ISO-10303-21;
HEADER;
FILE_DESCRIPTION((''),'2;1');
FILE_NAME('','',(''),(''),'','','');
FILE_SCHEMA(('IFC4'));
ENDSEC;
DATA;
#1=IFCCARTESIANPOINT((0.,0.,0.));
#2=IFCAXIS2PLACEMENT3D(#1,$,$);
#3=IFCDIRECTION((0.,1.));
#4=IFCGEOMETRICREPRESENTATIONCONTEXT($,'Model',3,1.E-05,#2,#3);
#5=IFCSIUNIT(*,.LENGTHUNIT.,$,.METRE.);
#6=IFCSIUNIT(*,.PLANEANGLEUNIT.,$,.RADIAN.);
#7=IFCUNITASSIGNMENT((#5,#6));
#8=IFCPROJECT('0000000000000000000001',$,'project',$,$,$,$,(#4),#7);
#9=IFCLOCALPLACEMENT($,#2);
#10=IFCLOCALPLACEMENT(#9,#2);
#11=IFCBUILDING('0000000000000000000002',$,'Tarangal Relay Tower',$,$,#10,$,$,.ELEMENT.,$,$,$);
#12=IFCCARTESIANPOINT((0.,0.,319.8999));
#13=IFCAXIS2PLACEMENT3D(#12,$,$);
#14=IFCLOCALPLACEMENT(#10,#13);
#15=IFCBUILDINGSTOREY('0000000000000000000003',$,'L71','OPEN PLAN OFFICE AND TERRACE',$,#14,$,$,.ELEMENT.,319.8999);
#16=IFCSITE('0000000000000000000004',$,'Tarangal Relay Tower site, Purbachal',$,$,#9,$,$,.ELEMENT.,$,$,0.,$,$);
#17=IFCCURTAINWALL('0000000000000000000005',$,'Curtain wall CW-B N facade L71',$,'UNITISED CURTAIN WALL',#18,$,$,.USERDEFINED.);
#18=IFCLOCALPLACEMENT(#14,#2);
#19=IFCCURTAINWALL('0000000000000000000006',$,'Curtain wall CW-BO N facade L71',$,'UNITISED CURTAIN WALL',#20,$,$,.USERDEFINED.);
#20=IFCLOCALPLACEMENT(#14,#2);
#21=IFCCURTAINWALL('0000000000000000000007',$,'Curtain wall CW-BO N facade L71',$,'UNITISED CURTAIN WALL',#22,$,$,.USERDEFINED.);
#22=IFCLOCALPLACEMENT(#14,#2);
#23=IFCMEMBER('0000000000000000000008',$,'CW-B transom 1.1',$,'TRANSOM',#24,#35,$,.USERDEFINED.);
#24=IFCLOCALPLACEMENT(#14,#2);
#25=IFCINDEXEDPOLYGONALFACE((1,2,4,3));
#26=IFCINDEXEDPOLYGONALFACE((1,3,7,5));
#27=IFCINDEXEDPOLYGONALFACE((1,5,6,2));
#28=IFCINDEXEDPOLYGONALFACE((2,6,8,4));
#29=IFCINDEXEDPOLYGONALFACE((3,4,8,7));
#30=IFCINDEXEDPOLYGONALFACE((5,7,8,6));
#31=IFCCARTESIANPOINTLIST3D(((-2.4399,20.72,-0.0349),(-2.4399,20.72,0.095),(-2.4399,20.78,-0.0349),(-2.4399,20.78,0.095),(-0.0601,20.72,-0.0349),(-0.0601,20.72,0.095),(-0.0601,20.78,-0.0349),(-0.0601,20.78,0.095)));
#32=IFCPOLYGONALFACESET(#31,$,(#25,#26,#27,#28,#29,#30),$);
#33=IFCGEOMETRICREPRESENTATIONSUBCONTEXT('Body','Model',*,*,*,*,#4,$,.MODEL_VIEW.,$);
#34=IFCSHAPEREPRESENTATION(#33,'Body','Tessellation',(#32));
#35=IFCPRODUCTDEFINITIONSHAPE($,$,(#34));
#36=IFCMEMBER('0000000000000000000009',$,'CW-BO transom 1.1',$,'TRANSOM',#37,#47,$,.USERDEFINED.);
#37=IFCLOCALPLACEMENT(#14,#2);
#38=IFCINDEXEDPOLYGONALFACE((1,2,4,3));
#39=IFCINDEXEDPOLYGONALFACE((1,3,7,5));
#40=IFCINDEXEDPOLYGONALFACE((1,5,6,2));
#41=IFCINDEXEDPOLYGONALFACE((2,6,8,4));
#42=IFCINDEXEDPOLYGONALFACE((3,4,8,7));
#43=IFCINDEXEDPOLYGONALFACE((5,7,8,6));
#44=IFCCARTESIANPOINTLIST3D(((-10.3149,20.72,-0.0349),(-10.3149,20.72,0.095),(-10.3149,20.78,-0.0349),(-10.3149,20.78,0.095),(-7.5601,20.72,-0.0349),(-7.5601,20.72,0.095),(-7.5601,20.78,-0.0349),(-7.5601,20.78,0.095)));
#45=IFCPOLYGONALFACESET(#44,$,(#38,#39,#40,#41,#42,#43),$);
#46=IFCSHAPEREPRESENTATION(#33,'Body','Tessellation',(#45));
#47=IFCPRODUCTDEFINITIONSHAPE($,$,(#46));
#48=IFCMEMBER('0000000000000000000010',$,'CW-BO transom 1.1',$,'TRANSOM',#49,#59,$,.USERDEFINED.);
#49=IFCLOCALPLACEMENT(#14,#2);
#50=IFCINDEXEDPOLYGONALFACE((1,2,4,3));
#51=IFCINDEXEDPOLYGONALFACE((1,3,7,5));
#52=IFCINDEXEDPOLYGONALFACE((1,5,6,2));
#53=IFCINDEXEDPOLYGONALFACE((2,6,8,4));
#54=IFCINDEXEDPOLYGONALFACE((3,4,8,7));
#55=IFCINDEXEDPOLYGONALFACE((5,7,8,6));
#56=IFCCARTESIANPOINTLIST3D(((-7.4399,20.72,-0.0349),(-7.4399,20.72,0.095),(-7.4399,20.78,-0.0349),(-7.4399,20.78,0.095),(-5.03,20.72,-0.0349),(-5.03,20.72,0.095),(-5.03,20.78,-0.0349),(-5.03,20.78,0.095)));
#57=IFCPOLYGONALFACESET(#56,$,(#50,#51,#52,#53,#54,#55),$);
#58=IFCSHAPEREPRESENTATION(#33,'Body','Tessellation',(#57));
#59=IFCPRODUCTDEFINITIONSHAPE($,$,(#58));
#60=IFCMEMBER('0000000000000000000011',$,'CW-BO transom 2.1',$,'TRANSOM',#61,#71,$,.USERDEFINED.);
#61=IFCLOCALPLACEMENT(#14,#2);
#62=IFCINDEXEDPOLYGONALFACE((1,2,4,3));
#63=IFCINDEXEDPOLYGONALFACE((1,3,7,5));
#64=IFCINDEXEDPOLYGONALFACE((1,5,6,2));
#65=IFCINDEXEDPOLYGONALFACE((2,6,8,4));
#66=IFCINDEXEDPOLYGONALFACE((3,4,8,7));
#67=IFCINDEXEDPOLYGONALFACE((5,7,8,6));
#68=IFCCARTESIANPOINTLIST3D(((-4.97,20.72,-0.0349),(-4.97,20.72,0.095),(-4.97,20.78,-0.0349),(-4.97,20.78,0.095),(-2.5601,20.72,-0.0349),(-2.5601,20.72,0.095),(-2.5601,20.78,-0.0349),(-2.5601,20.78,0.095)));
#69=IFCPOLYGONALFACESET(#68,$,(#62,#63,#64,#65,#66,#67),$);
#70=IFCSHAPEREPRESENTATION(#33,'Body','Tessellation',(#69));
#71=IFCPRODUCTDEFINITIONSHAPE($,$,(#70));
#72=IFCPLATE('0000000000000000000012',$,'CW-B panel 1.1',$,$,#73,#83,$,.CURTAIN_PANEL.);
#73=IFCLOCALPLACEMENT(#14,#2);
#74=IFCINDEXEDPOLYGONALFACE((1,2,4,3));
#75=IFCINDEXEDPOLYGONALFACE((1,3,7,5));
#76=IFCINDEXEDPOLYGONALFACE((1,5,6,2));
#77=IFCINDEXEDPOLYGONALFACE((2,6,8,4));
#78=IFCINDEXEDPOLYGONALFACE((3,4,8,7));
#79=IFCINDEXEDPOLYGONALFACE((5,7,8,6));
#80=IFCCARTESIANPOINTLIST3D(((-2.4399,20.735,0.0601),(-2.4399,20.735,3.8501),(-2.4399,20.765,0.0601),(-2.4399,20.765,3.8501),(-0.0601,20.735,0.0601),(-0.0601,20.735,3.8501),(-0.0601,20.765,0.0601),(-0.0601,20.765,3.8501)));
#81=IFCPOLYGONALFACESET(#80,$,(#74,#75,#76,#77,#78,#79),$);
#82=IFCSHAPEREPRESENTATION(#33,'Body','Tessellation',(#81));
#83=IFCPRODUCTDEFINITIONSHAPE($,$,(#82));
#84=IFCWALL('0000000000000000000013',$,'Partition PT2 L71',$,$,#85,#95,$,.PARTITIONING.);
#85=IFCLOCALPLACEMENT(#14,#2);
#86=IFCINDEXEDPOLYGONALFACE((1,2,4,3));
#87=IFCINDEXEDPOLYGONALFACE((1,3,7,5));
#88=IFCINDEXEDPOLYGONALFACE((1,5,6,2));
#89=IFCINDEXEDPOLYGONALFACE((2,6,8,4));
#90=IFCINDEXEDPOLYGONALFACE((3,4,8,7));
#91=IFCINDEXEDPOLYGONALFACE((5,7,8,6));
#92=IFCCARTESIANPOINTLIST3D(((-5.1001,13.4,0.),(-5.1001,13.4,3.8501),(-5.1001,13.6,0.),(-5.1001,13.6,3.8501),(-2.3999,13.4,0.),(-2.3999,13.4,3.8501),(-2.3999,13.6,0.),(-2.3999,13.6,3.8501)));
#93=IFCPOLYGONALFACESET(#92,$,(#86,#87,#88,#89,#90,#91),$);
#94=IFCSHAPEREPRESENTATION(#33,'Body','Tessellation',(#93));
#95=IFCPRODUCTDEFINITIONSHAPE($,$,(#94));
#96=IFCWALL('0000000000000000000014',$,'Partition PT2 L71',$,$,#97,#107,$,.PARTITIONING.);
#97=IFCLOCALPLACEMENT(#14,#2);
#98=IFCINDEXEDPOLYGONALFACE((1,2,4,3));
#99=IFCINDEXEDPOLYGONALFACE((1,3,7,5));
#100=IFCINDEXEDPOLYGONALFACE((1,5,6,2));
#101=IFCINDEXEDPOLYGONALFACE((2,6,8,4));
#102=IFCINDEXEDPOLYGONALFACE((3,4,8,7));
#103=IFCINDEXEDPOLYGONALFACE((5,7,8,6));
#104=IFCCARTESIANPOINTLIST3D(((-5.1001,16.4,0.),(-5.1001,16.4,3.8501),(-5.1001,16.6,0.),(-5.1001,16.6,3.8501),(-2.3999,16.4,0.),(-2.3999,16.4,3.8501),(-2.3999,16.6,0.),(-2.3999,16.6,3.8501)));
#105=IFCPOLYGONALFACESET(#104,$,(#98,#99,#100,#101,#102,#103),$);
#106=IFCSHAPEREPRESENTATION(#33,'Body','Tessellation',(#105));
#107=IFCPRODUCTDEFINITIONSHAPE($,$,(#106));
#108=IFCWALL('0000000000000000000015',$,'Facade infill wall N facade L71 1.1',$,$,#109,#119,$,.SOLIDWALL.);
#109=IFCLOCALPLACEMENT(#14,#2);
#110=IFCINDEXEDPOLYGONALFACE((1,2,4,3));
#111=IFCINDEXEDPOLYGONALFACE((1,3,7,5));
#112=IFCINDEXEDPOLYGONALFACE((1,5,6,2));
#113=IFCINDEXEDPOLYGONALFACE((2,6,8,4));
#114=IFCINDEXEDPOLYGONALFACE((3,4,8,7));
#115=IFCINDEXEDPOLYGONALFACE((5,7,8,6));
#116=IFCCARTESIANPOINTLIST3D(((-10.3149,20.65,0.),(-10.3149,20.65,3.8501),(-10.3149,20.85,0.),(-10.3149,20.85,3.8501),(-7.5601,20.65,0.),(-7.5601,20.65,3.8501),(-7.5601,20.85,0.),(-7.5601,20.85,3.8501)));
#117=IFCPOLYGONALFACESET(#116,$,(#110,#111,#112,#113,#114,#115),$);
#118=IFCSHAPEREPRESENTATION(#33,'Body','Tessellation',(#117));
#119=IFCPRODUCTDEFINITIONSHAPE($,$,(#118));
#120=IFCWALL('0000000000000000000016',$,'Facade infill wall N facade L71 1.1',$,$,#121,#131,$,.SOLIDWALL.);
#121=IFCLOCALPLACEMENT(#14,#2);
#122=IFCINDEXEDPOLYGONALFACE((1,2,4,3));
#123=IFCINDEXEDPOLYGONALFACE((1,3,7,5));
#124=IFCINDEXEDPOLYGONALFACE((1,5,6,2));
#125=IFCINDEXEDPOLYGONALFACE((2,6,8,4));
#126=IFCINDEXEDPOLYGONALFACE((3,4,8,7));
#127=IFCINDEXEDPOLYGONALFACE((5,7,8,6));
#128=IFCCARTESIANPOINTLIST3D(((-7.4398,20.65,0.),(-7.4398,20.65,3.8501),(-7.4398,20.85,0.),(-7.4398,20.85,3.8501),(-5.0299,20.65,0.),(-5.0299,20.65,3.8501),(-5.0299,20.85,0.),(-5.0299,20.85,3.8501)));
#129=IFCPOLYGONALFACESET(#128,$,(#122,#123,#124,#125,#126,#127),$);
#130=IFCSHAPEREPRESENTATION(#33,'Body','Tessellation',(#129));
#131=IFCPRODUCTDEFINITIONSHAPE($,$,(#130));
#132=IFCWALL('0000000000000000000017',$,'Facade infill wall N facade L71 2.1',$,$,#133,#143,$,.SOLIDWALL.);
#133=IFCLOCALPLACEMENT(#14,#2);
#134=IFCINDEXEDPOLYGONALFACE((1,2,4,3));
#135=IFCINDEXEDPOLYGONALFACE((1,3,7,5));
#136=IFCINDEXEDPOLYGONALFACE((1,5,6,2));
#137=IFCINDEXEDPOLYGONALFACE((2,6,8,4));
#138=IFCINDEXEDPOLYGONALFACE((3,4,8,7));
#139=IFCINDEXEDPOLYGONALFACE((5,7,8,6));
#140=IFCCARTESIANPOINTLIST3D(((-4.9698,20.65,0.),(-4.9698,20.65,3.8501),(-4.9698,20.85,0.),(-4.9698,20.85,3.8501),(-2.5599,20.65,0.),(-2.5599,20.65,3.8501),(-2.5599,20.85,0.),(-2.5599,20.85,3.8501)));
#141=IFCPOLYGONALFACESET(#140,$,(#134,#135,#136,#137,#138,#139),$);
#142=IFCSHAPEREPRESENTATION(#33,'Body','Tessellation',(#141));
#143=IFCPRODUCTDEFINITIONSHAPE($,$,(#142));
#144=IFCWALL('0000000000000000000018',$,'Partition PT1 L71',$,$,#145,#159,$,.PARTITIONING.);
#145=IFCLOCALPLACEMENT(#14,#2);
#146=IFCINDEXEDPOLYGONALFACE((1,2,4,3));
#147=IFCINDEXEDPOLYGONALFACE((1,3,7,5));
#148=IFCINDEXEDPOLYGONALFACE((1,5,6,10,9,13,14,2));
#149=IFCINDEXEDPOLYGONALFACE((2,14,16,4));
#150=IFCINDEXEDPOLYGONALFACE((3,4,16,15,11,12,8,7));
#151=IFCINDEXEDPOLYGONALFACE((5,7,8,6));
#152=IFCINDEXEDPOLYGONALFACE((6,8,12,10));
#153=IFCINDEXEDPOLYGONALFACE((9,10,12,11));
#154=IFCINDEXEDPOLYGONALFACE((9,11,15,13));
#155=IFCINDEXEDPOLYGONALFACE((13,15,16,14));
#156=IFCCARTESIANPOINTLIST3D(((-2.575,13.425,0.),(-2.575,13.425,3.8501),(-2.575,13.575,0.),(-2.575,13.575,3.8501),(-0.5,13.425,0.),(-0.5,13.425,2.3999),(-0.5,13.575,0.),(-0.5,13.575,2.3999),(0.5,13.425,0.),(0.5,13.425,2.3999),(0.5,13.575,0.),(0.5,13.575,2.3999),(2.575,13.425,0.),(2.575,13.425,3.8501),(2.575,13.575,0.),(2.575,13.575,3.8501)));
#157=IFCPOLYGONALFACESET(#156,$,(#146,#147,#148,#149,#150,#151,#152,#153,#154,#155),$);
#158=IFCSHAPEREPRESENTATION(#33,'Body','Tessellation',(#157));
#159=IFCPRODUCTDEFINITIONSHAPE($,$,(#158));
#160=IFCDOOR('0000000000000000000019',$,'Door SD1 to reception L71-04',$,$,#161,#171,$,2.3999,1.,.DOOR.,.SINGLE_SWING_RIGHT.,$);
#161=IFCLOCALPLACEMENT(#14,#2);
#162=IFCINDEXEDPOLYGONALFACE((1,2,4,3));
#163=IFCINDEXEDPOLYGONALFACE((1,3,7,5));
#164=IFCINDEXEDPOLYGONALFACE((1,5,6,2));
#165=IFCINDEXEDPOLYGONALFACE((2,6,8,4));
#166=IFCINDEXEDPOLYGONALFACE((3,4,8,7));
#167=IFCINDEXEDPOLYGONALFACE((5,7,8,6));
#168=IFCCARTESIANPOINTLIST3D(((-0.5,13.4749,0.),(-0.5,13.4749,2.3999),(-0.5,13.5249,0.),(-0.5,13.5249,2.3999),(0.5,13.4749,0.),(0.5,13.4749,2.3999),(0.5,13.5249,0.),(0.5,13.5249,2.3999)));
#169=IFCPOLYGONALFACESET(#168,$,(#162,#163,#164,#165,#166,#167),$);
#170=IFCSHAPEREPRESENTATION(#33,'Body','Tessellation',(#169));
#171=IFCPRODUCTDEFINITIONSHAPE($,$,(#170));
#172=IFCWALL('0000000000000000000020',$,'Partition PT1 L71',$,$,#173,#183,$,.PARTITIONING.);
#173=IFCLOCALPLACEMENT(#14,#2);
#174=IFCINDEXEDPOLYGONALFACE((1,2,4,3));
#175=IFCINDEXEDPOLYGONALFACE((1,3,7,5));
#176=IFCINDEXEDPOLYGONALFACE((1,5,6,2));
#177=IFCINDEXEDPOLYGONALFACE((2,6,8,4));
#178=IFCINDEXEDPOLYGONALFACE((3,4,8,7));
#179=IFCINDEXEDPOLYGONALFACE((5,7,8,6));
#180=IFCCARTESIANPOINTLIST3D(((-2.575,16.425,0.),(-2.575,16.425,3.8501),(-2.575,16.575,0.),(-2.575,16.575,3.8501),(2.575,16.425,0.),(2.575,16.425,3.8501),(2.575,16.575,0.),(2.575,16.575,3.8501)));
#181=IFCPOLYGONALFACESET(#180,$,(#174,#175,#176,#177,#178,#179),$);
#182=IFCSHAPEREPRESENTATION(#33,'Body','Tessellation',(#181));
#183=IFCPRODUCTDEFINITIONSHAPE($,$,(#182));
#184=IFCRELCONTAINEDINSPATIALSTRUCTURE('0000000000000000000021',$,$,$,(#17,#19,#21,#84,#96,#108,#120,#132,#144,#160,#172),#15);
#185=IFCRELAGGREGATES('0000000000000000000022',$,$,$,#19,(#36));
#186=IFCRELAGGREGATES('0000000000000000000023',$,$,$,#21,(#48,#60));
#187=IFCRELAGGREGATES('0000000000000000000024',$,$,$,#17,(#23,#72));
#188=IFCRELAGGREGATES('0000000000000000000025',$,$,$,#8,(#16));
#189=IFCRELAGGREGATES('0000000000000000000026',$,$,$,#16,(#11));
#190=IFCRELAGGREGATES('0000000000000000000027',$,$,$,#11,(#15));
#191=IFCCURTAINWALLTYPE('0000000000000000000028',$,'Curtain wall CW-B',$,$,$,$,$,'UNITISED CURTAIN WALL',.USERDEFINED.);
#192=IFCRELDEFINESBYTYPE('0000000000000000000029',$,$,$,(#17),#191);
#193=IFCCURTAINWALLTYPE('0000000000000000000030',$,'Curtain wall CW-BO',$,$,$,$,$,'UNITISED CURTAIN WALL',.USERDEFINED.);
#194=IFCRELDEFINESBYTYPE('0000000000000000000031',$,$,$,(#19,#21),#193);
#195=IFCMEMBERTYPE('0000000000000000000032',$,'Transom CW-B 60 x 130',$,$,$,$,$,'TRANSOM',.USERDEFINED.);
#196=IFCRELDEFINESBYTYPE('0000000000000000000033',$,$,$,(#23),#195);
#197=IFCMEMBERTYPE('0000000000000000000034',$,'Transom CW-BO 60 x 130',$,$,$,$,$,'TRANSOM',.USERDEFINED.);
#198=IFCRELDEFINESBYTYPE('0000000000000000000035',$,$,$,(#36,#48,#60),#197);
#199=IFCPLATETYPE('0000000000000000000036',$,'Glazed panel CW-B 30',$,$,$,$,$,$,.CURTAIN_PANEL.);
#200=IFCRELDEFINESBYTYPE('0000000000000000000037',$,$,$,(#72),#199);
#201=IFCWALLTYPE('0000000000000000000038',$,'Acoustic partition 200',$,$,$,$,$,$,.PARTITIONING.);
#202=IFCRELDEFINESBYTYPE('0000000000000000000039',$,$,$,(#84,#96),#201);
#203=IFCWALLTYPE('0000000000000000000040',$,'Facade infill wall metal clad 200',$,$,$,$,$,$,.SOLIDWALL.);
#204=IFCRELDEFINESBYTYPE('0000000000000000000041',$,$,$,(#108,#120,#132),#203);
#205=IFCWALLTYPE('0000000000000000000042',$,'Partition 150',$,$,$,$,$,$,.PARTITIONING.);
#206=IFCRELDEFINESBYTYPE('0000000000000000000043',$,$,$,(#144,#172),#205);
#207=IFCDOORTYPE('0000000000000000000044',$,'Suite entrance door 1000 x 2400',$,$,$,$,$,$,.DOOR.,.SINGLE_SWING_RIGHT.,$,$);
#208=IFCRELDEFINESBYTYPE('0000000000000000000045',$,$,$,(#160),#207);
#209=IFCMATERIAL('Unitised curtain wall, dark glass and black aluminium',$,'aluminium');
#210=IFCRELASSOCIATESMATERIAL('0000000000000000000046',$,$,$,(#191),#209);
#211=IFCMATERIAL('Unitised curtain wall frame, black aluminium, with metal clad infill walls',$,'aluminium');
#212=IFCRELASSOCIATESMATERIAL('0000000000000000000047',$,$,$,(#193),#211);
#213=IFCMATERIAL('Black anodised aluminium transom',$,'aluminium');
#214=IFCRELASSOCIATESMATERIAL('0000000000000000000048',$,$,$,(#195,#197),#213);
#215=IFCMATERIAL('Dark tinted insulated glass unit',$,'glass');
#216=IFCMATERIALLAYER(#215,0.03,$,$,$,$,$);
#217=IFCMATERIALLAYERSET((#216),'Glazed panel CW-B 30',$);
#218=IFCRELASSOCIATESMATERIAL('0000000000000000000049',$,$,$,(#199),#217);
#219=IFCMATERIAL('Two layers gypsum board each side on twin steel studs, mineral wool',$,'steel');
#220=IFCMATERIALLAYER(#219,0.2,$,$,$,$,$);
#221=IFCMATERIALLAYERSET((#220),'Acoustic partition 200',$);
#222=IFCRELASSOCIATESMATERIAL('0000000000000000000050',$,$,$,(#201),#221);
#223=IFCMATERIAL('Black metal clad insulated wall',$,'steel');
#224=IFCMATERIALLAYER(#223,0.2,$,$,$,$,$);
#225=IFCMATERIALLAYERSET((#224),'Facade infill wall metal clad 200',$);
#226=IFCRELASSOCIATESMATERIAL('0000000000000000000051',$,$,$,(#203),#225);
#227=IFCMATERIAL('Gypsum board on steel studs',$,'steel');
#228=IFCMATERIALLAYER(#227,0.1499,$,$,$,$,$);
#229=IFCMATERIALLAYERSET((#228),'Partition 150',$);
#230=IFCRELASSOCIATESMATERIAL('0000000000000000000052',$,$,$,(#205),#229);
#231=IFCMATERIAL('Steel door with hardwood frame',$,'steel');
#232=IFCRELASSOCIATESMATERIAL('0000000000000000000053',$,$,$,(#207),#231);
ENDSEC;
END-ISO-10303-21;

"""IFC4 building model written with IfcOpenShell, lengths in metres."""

from ifc_helpers import new_model, si_unit, direction, frame, frame_2d, origin, origin_2d, place, context, subcontext, project, spatial, rectangle, extrude, material, layer, layer_set, material_profile, profile_set, type_object, element, fill, aggregate, save


model = new_model("IFC4")

# Units and contexts
model_context = context("Model", 3, precision=1e-05, world=origin(), true_north=direction((0.0, 1.0)))
body_context = subcontext(model_context, "Body", "Model", "MODEL_VIEW")
ifc_project = project(units=[si_unit("LENGTHUNIT", "METRE"), si_unit("PLANEANGLEUNIT", "RADIAN")], contexts=[model_context])

# Site, building, storey
site_placement = place(None, origin())
site = spatial("IfcSite", under=ifc_project, at=site_placement, Name="Tarangal Relay Tower site, Purbachal", CompositionType="ELEMENT", RefElevation=0.0)
building_placement = place(site_placement, origin())
building = spatial("IfcBuilding", under=site, at=building_placement, Name="Tarangal Relay Tower", CompositionType="ELEMENT")
storey_placement = place(building_placement, frame((0.0, 0.0, 319.8999)))
storey = spatial("IfcBuildingStorey", under=building, at=storey_placement, Name="L71", Description="OPEN PLAN OFFICE AND TERRACE", CompositionType="ELEMENT", Elevation=319.8999)

# Shared definitions
ifc_material_1 = material(Name="Unitised curtain wall, dark glass and black aluminium", Category="aluminium")
curtain_wall_type_1 = type_object("IfcCurtainWallType", Name="Curtain wall CW-B", ElementType="UNITISED CURTAIN WALL", PredefinedType="USERDEFINED", material=ifc_material_1)

# Curtain walls
curtain_wall_1_placement = place(storey_placement, origin())
curtain_wall_1 = element("IfcCurtainWall", 1, at=curtain_wall_1_placement, inside=storey, type_object=curtain_wall_type_1, Name="Curtain wall CW-B N facade L71", ObjectType="UNITISED CURTAIN WALL", PredefinedType="USERDEFINED")
ifc_material_2 = material(Name="Unitised curtain wall frame, black aluminium, with metal clad infill walls", Category="aluminium")
curtain_wall_type_2 = type_object("IfcCurtainWallType", Name="Curtain wall CW-BO", ElementType="UNITISED CURTAIN WALL", PredefinedType="USERDEFINED", material=ifc_material_2)
curtain_wall_2_placement = place(storey_placement, origin())
curtain_wall_2 = element("IfcCurtainWall", 2, at=curtain_wall_2_placement, inside=storey, type_object=curtain_wall_type_2, Name="Curtain wall CW-BO N facade L71", ObjectType="UNITISED CURTAIN WALL", PredefinedType="USERDEFINED")
curtain_wall_3_placement = place(storey_placement, origin())
curtain_wall_3 = element("IfcCurtainWall", 3, at=curtain_wall_3_placement, inside=storey, type_object=curtain_wall_type_2, Name="Curtain wall CW-BO N facade L71", ObjectType="UNITISED CURTAIN WALL", PredefinedType="USERDEFINED")

# Members
ifc_material_3 = material(Name="Black anodised aluminium transom", Category="aluminium")
ifc_material_profile_1 = material_profile(ifc_material_3, rectangle(XDim=0.0601, YDim=0.1299, at=origin_2d()), Name="CW-BT 60X130")
ifc_profile_set_1 = profile_set([ifc_material_profile_1], Name="Black anodised aluminium transom")
member_type_1 = type_object("IfcMemberType", Name="Transom CW-B 60 x 130", ElementType="TRANSOM", PredefinedType="USERDEFINED", material=ifc_profile_set_1)
member_1_placement = place(storey_placement, frame((-2.4399, 20.75, 0.03), z_axis=(1.0, 0.0, 0.0), x_axis=(0.0, 1.0, 0.0)))
member_1 = element("IfcMember", 4, at=member_1_placement, type_object=member_type_1, Name="CW-B transom 1.1", ObjectType="TRANSOM", PredefinedType="USERDEFINED", context=body_context, shape_type="SweptSolid", body=[
    extrude(rectangle(XDim=0.0601, YDim=0.1299, at=origin_2d()), origin(), (0.0, 0.0, 1.0), 2.3799),
])
ifc_material_profile_2 = material_profile(ifc_material_3, rectangle(XDim=0.0601, YDim=0.1299, at=origin_2d()), Name="CW-BOT 60X130")
ifc_profile_set_2 = profile_set([ifc_material_profile_2], Name="Black anodised aluminium transom")
member_type_2 = type_object("IfcMemberType", Name="Transom CW-BO 60 x 130", ElementType="TRANSOM", PredefinedType="USERDEFINED", material=ifc_profile_set_2)
member_2_placement = place(storey_placement, frame((-10.3149, 20.75, 0.03), z_axis=(1.0, 0.0, 0.0), x_axis=(0.0, 1.0, 0.0)))
member_2 = element("IfcMember", 5, at=member_2_placement, type_object=member_type_2, Name="CW-BO transom 1.1", ObjectType="TRANSOM", PredefinedType="USERDEFINED", context=body_context, shape_type="SweptSolid", body=[
    extrude(rectangle(XDim=0.0601, YDim=0.1299, at=origin_2d()), origin(), (0.0, 0.0, 1.0), 2.7549),
])
aggregate(curtain_wall_2, [member_2])
member_3_placement = place(storey_placement, frame((-7.4399, 20.75, 0.03), z_axis=(1.0, 0.0, 0.0), x_axis=(0.0, 1.0, 0.0)))
member_3 = element("IfcMember", 6, at=member_3_placement, type_object=member_type_2, Name="CW-BO transom 1.1", ObjectType="TRANSOM", PredefinedType="USERDEFINED", context=body_context, shape_type="SweptSolid", body=[
    extrude(rectangle(XDim=0.0601, YDim=0.1299, at=origin_2d()), origin(), (0.0, 0.0, 1.0), 2.4099),
])
member_4_placement = place(storey_placement, frame((-4.97, 20.75, 0.03), z_axis=(1.0, 0.0, 0.0), x_axis=(0.0, 1.0, 0.0)))
member_4 = element("IfcMember", 7, at=member_4_placement, type_object=member_type_2, Name="CW-BO transom 2.1", ObjectType="TRANSOM", PredefinedType="USERDEFINED", context=body_context, shape_type="SweptSolid", body=[
    extrude(rectangle(XDim=0.0601, YDim=0.1299, at=origin_2d()), origin(), (0.0, 0.0, 1.0), 2.4099),
])
aggregate(curtain_wall_3, [member_3, member_4])

# Plate
ifc_material_4 = material(Name="Dark tinted insulated glass unit", Category="glass")
ifc_layer_1 = layer(ifc_material_4, 0.03)
ifc_layer_set_1 = layer_set([ifc_layer_1], Name="Glazed panel CW-B 30")
plate_type = type_object("IfcPlateType", Name="Glazed panel CW-B 30", PredefinedType="CURTAIN_PANEL", material=ifc_layer_set_1)
plate_placement = place(storey_placement, frame((-1.25, 20.75, 0.0601), z_axis=(0.0, 0.0, 1.0), x_axis=(1.0, 0.0, 0.0)))
plate = element("IfcPlate", 8, at=plate_placement, type_object=plate_type, Name="CW-B panel 1.1", PredefinedType="CURTAIN_PANEL", context=body_context, shape_type="SweptSolid", body=[
    extrude(rectangle(XDim=2.3799, YDim=0.03, at=origin_2d()), origin(), (0.0, 0.0, 1.0), 3.79),
])
aggregate(curtain_wall_1, [member_1, plate])

# Walls
ifc_material_5 = material(Name="Two layers gypsum board each side on twin steel studs, mineral wool", Category="steel")
ifc_layer_2 = layer(ifc_material_5, 0.2)
ifc_layer_set_2 = layer_set([ifc_layer_2], Name="Acoustic partition 200")
wall_type_1 = type_object("IfcWallType", Name="Acoustic partition 200", PredefinedType="PARTITIONING", material=ifc_layer_set_2)
for number, where, z_axis, x_axis, name in (
    (9, (-5.1001, 13.5, 0.0), (0.0, 0.0, 1.0), (1.0, 0.0, 0.0), "Partition PT2 L71"),
    (10, (-5.1001, 16.5, 0.0), (0.0, 0.0, 1.0), (1.0, 0.0, 0.0), "Partition PT2 L71"),
):
    element("IfcWall", number, at=place(storey_placement, frame(where, z_axis=z_axis, x_axis=x_axis)), inside=storey, type_object=wall_type_1, Name=name, PredefinedType="PARTITIONING", context=body_context, shape_type="SweptSolid", body=[
        extrude(rectangle(XDim=2.7002, YDim=0.2, at=frame_2d((1.3501, 0.0))), origin(), (0.0, 0.0, 1.0), 3.8501),
    ])
ifc_material_6 = material(Name="Black metal clad insulated wall", Category="steel")
ifc_layer_3 = layer(ifc_material_6, 0.2)
ifc_layer_set_3 = layer_set([ifc_layer_3], Name="Facade infill wall metal clad 200")
wall_type_2 = type_object("IfcWallType", Name="Facade infill wall metal clad 200", PredefinedType="SOLIDWALL", material=ifc_layer_set_3)
wall_1_placement = place(storey_placement, frame((-10.3149, 20.75, 0.0), z_axis=(0.0, 0.0, 1.0), x_axis=(1.0, 0.0, 0.0)))
element("IfcWall", 11, at=wall_1_placement, inside=storey, type_object=wall_type_2, Name="Facade infill wall N facade L71 1.1", PredefinedType="SOLIDWALL", context=body_context, shape_type="SweptSolid", body=[
    extrude(rectangle(XDim=2.7549, YDim=0.2, at=frame_2d((1.3774, 0.0))), origin(), (0.0, 0.0, 1.0), 3.8501),
])
for number, where, z_axis, x_axis, name in (
    (12, (-7.4399, 20.75, 0.0), (0.0, 0.0, 1.0), (1.0, 0.0, 0.0), "Facade infill wall N facade L71 1.1"),
    (13, (-4.97, 20.75, 0.0), (0.0, 0.0, 1.0), (1.0, 0.0, 0.0), "Facade infill wall N facade L71 2.1"),
):
    element("IfcWall", number, at=place(storey_placement, frame(where, z_axis=z_axis, x_axis=x_axis)), inside=storey, type_object=wall_type_2, Name=name, PredefinedType="SOLIDWALL", context=body_context, shape_type="SweptSolid", body=[
        extrude(rectangle(XDim=2.4099, YDim=0.2, at=frame_2d((1.2051, 0.0))), origin(), (0.0, 0.0, 1.0), 3.8501),
    ])

# Wall, opening, door
ifc_material_7 = material(Name="Gypsum board on steel studs", Category="steel")
ifc_layer_4 = layer(ifc_material_7, 0.1499)
ifc_layer_set_4 = layer_set([ifc_layer_4], Name="Partition 150")
wall_type_3 = type_object("IfcWallType", Name="Partition 150", PredefinedType="PARTITIONING", material=ifc_layer_set_4)
wall_2_placement = place(storey_placement, frame((-2.575, 13.5, 0.0), z_axis=(0.0, 0.0, 1.0), x_axis=(1.0, 0.0, 0.0)))
wall_2 = element("IfcWall", 14, at=wall_2_placement, inside=storey, type_object=wall_type_3, Name="Partition PT1 L71", PredefinedType="PARTITIONING", context=body_context, shape_type="SweptSolid", body=[
    extrude(rectangle(XDim=5.1499, YDim=0.1499, at=frame_2d((2.575, 0.0))), origin(), (0.0, 0.0, 1.0), 3.8501),
])
opening_placement = place(wall_2_placement, frame((2.075, 0.0, 0.0)))
opening = element("IfcOpeningElement", 15, at=opening_placement, cuts=wall_2, PredefinedType="OPENING", context=body_context, shape_type="SweptSolid", body=[
    extrude(rectangle(XDim=1.0, YDim=2.3999, at=frame_2d((0.5, 1.2))), frame((0.0, 0.085, 0.0), z_axis=(0.0, -1.0, 0.0), x_axis=(1.0, 0.0, 0.0)), (0.0, 0.0, 1.0), 0.1699),
])
ifc_material_8 = material(Name="Steel door with hardwood frame", Category="steel")
door_type = type_object("IfcDoorType", Name="Suite entrance door 1000 x 2400", OperationType="SINGLE_SWING_RIGHT", PredefinedType="DOOR", material=ifc_material_8)
door_placement = place(opening_placement, origin())
door = element("IfcDoor", 16, at=door_placement, inside=storey, type_object=door_type, Name="Door SD1 to reception L71-04", OperationType="SINGLE_SWING_RIGHT", OverallHeight=2.3999, OverallWidth=1.0, PredefinedType="DOOR", context=body_context, shape_type="SweptSolid", body=[
    extrude(rectangle(XDim=1.0, YDim=2.3999, at=frame_2d((0.5, 1.2))), frame((0.0, 0.0249, 0.0), z_axis=(0.0, -1.0, 0.0), x_axis=(1.0, 0.0, 0.0)), (0.0, 0.0, 1.0), 0.05),
])
fill(opening, door)

# Wall
wall_3_placement = place(storey_placement, frame((-2.575, 16.5, 0.0), z_axis=(0.0, 0.0, 1.0), x_axis=(1.0, 0.0, 0.0)))
element("IfcWall", 17, at=wall_3_placement, inside=storey, type_object=wall_type_3, Name="Partition PT1 L71", PredefinedType="PARTITIONING", context=body_context, shape_type="SweptSolid", body=[
    extrude(rectangle(XDim=5.1499, YDim=0.1499, at=frame_2d((2.575, 0.0))), origin(), (0.0, 0.0, 1.0), 3.8501),
])

save(model, "model.ifc")
